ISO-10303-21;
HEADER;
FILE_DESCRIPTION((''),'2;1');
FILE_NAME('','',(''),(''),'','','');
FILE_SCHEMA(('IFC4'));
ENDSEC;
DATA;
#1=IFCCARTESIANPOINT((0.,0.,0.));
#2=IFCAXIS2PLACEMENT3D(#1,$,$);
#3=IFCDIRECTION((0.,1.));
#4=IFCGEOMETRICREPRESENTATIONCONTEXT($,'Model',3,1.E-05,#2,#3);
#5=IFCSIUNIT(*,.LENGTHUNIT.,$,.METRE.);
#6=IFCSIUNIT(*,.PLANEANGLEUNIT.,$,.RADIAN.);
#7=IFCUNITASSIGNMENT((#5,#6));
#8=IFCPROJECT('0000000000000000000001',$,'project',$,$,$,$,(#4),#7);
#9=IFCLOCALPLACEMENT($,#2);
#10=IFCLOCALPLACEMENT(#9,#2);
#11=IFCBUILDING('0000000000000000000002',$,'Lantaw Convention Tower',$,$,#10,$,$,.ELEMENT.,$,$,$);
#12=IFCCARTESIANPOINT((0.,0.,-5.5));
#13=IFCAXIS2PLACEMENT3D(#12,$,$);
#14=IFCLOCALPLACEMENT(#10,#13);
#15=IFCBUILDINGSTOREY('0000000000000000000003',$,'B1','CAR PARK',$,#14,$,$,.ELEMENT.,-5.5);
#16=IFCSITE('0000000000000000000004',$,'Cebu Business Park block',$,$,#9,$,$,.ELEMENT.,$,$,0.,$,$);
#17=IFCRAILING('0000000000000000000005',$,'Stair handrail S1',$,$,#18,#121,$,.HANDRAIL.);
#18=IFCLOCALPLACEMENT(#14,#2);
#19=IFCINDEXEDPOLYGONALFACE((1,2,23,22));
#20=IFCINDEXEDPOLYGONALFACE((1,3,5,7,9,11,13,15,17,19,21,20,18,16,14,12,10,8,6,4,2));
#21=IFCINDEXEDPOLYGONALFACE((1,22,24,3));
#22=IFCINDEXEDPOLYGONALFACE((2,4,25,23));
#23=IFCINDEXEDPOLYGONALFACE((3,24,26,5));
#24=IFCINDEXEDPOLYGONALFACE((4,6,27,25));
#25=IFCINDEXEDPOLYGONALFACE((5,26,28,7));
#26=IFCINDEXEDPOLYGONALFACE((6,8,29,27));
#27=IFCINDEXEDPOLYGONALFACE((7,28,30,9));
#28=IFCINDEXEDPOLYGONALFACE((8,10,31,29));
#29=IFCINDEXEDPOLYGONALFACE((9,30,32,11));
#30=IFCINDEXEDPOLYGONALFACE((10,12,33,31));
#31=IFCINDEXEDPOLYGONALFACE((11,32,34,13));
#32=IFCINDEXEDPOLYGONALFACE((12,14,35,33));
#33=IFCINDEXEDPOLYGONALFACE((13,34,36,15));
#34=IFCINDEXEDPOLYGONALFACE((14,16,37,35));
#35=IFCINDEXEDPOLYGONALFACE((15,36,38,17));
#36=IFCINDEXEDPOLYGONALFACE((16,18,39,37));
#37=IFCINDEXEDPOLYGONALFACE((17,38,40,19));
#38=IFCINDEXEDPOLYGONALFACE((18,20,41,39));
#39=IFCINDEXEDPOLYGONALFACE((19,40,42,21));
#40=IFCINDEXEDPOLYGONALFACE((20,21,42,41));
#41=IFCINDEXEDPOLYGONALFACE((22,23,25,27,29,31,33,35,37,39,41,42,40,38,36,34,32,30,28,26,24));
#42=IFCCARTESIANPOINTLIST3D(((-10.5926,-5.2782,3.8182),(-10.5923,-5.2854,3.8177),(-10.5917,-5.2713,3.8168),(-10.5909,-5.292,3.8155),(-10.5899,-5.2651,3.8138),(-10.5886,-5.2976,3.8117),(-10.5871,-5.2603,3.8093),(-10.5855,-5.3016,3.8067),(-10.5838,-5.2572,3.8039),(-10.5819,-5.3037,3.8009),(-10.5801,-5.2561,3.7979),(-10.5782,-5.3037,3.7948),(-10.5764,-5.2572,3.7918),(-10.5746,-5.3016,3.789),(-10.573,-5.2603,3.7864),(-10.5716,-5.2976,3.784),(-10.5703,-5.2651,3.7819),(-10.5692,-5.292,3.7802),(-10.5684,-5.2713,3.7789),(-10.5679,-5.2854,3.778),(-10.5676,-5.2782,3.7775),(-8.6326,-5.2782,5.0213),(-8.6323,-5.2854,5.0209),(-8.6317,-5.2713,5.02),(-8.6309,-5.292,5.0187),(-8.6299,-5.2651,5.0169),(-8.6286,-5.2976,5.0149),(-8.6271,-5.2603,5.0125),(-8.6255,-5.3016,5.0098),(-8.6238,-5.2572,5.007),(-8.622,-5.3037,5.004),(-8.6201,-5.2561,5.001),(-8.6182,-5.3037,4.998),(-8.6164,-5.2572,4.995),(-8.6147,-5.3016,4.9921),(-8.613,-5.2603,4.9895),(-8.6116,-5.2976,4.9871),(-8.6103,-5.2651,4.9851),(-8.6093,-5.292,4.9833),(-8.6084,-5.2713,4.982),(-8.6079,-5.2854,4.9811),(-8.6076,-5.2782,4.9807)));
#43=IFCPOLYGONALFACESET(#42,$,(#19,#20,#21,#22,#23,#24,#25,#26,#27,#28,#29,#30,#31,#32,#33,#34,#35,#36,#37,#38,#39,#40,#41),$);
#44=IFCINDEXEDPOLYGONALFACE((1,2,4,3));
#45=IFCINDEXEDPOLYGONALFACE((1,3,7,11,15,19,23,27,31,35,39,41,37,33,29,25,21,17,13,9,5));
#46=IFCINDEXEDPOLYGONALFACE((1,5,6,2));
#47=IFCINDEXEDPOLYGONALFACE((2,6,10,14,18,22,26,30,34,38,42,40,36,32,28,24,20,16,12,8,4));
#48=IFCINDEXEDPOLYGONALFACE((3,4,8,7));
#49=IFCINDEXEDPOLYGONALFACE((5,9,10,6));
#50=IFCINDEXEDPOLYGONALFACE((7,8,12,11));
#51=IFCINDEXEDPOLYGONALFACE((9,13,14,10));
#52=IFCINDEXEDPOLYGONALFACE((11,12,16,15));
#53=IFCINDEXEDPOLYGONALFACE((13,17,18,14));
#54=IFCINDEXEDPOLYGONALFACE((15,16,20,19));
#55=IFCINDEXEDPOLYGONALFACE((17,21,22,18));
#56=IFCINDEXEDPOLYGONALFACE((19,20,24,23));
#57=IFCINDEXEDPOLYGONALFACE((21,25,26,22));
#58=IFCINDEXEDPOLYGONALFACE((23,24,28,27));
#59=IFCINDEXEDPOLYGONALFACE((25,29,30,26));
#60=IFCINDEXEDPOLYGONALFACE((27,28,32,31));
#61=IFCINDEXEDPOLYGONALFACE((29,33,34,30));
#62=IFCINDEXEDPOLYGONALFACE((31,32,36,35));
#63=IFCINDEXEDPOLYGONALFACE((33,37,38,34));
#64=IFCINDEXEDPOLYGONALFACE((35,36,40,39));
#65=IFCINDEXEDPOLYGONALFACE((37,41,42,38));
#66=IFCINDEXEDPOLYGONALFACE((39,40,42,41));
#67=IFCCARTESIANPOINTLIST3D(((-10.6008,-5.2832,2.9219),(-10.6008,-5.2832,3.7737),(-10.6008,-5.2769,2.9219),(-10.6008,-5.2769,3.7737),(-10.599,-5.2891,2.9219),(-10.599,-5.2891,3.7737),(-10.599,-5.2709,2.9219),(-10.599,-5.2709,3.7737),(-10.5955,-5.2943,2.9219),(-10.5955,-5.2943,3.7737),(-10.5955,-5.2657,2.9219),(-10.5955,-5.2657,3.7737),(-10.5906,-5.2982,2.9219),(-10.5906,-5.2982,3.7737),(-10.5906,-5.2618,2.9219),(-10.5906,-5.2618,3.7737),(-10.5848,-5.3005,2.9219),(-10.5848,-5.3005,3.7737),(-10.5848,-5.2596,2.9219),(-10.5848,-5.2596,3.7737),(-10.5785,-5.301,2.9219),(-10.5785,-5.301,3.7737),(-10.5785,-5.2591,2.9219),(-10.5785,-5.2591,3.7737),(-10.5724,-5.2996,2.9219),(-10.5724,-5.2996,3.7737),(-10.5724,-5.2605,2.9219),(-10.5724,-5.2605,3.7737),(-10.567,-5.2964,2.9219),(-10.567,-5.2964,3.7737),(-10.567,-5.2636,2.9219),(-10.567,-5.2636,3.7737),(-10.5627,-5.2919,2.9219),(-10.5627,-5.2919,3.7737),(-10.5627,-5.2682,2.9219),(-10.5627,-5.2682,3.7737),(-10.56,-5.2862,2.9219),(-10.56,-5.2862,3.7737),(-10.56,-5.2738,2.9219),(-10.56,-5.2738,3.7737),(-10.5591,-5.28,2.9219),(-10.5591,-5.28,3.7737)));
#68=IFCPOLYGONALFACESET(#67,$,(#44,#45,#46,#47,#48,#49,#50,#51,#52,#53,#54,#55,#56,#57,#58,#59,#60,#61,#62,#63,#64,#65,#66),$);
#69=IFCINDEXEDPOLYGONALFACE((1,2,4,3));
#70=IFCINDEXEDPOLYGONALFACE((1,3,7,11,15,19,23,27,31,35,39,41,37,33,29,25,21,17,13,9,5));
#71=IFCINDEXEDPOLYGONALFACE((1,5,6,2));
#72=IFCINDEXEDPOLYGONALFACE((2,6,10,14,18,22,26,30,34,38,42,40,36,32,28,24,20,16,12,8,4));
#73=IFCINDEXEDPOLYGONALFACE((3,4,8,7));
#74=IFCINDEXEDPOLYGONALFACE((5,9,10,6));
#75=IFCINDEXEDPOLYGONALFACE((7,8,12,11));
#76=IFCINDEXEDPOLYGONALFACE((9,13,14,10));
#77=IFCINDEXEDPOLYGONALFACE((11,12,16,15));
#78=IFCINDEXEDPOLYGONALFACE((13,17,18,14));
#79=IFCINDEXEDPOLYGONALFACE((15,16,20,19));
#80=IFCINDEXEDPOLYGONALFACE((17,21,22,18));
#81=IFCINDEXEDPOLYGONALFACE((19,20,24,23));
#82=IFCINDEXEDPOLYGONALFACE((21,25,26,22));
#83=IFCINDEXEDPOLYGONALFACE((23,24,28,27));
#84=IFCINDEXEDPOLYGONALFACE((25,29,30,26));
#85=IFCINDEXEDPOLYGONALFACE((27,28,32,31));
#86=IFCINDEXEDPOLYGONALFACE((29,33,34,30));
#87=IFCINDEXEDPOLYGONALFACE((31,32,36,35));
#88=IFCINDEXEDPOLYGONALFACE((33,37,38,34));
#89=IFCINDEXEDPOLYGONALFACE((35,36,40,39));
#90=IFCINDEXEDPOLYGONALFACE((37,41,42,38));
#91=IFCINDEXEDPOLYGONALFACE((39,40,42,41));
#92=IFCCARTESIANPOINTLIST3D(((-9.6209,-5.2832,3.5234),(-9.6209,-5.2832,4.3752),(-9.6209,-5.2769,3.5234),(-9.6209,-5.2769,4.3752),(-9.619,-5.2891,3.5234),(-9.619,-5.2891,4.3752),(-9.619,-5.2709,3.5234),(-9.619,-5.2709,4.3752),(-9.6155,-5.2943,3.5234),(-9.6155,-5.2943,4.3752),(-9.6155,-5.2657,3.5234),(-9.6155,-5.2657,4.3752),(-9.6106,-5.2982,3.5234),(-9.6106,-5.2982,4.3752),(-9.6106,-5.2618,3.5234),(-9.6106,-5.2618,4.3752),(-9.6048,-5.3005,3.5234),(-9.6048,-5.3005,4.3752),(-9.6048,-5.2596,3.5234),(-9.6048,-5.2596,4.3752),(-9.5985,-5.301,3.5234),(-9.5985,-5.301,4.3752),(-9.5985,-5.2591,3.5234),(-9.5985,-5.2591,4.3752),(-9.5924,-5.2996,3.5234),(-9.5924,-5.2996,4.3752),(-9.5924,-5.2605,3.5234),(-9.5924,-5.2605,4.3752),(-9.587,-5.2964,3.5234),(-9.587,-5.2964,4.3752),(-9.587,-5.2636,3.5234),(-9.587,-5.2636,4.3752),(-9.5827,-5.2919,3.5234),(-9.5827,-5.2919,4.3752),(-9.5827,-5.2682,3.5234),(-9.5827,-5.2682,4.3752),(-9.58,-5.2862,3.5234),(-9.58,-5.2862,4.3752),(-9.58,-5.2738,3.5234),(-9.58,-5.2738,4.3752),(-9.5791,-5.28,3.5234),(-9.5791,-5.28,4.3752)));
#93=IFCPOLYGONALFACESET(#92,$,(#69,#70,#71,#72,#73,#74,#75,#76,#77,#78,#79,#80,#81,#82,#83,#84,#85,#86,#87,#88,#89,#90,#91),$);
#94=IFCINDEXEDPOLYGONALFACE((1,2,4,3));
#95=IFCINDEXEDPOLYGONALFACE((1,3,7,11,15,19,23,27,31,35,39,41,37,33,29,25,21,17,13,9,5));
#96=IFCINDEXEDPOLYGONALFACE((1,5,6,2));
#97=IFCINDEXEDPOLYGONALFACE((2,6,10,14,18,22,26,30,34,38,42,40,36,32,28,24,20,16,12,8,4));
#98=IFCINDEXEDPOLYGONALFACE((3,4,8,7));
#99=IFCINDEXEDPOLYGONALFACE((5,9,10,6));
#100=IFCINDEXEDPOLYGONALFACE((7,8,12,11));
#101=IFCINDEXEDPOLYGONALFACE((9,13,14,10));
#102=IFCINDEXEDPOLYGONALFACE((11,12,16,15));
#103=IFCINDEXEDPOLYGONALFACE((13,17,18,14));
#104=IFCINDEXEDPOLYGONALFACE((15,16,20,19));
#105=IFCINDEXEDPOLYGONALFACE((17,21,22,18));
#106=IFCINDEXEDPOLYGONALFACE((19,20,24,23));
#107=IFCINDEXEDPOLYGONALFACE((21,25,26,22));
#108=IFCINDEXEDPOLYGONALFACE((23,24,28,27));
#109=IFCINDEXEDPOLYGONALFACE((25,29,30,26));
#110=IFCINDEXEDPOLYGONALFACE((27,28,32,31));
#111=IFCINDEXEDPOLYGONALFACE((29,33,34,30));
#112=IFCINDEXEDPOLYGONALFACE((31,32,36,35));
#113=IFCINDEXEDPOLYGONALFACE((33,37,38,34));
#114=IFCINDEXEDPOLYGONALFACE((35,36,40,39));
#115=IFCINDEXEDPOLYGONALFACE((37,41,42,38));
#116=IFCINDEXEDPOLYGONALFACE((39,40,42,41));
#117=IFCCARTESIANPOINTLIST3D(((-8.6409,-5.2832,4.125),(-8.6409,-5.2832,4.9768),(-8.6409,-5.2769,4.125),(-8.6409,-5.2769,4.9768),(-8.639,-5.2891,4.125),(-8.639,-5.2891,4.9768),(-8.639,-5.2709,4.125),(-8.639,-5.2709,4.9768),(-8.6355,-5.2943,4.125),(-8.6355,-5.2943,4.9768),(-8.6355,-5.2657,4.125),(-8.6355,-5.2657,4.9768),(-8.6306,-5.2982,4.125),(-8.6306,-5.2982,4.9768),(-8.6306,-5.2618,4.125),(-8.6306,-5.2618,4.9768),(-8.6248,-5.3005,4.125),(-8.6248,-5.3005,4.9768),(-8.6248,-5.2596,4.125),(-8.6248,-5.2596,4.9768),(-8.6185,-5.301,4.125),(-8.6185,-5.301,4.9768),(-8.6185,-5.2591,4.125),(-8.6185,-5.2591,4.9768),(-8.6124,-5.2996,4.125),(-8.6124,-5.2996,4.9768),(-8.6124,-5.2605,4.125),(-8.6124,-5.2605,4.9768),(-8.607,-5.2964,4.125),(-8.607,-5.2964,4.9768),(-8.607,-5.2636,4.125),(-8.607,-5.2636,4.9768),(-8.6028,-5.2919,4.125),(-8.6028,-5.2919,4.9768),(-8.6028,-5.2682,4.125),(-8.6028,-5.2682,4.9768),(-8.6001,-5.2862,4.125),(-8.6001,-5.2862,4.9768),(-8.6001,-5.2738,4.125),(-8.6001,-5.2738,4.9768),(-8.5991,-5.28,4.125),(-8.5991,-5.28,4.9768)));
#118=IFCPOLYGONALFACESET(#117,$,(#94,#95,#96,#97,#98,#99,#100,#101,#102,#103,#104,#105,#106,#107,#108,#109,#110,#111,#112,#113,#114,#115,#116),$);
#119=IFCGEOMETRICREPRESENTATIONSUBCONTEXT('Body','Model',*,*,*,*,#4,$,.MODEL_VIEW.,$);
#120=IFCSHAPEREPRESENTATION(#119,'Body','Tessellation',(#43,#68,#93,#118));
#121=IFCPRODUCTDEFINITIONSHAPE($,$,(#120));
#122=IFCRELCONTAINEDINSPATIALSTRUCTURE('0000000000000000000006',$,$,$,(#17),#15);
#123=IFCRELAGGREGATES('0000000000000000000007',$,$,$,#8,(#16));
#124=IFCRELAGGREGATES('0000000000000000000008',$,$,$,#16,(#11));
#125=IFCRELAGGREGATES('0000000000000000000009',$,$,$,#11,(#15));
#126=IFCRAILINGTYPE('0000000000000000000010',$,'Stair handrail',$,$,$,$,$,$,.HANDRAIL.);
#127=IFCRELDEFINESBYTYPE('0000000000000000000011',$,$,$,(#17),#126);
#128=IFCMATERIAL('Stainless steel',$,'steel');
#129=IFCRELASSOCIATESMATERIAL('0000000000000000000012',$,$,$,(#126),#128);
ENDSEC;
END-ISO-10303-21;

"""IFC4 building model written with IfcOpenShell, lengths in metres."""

from ifc_helpers import new_model, si_unit, direction, frame, origin, origin_2d, place, context, subcontext, project, spatial, circle, extrude, material, type_object, element, save


model = new_model("IFC4")

# Units and contexts
model_context = context("Model", 3, precision=1e-05, world=origin(), true_north=direction((0.0, 1.0)))
body_context = subcontext(model_context, "Body", "Model", "MODEL_VIEW")
ifc_project = project(units=[si_unit("LENGTHUNIT", "METRE"), si_unit("PLANEANGLEUNIT", "RADIAN")], contexts=[model_context])

# Site, building, storey
site_placement = place(None, origin())
site = spatial("IfcSite", under=ifc_project, at=site_placement, Name="Cebu Business Park block", CompositionType="ELEMENT", RefElevation=0.0)
building_placement = place(site_placement, origin())
building = spatial("IfcBuilding", under=site, at=building_placement, Name="Lantaw Convention Tower", CompositionType="ELEMENT")
storey_placement = place(building_placement, frame((0.0, 0.0, -5.5)))
storey = spatial("IfcBuildingStorey", under=building, at=storey_placement, Name="B1", Description="CAR PARK", CompositionType="ELEMENT", Elevation=-5.5)

# Railing
ifc_material_1 = material(Name="Stainless steel", Category="steel")
railing_type = type_object("IfcRailingType", Name="Stair handrail", PredefinedType="HANDRAIL", material=ifc_material_1)
railing_1_placement = place(storey_placement, frame((-10.5801, -5.28, 2.9219)))
element("IfcRailing", 1, at=railing_1_placement, inside=storey, type_object=railing_type, Name="Stair handrail S1", PredefinedType="HANDRAIL", context=body_context, shape_type="SweptSolid", body=[
    extrude(circle(Radius=0.0239, at=origin_2d()), frame((0.0, 0.0, 0.876), z_axis=(0.852241, 0.0, 0.523149), x_axis=(0.0, 1.0, 0.0)), (0.0, 0.0, 1.0), 2.2998),
    extrude(circle(Radius=0.021, at=origin_2d()), origin(), (0.0, 0.0, 1.0), 0.8518),
    extrude(circle(Radius=0.021, at=origin_2d()), frame((0.98, 0.0, 0.6016)), (0.0, 0.0, 1.0), 0.8518),
    extrude(circle(Radius=0.021, at=origin_2d()), frame((1.96, 0.0, 1.2031)), (0.0, 0.0, 1.0), 0.8518),
])

save(model, "model.ifc")
